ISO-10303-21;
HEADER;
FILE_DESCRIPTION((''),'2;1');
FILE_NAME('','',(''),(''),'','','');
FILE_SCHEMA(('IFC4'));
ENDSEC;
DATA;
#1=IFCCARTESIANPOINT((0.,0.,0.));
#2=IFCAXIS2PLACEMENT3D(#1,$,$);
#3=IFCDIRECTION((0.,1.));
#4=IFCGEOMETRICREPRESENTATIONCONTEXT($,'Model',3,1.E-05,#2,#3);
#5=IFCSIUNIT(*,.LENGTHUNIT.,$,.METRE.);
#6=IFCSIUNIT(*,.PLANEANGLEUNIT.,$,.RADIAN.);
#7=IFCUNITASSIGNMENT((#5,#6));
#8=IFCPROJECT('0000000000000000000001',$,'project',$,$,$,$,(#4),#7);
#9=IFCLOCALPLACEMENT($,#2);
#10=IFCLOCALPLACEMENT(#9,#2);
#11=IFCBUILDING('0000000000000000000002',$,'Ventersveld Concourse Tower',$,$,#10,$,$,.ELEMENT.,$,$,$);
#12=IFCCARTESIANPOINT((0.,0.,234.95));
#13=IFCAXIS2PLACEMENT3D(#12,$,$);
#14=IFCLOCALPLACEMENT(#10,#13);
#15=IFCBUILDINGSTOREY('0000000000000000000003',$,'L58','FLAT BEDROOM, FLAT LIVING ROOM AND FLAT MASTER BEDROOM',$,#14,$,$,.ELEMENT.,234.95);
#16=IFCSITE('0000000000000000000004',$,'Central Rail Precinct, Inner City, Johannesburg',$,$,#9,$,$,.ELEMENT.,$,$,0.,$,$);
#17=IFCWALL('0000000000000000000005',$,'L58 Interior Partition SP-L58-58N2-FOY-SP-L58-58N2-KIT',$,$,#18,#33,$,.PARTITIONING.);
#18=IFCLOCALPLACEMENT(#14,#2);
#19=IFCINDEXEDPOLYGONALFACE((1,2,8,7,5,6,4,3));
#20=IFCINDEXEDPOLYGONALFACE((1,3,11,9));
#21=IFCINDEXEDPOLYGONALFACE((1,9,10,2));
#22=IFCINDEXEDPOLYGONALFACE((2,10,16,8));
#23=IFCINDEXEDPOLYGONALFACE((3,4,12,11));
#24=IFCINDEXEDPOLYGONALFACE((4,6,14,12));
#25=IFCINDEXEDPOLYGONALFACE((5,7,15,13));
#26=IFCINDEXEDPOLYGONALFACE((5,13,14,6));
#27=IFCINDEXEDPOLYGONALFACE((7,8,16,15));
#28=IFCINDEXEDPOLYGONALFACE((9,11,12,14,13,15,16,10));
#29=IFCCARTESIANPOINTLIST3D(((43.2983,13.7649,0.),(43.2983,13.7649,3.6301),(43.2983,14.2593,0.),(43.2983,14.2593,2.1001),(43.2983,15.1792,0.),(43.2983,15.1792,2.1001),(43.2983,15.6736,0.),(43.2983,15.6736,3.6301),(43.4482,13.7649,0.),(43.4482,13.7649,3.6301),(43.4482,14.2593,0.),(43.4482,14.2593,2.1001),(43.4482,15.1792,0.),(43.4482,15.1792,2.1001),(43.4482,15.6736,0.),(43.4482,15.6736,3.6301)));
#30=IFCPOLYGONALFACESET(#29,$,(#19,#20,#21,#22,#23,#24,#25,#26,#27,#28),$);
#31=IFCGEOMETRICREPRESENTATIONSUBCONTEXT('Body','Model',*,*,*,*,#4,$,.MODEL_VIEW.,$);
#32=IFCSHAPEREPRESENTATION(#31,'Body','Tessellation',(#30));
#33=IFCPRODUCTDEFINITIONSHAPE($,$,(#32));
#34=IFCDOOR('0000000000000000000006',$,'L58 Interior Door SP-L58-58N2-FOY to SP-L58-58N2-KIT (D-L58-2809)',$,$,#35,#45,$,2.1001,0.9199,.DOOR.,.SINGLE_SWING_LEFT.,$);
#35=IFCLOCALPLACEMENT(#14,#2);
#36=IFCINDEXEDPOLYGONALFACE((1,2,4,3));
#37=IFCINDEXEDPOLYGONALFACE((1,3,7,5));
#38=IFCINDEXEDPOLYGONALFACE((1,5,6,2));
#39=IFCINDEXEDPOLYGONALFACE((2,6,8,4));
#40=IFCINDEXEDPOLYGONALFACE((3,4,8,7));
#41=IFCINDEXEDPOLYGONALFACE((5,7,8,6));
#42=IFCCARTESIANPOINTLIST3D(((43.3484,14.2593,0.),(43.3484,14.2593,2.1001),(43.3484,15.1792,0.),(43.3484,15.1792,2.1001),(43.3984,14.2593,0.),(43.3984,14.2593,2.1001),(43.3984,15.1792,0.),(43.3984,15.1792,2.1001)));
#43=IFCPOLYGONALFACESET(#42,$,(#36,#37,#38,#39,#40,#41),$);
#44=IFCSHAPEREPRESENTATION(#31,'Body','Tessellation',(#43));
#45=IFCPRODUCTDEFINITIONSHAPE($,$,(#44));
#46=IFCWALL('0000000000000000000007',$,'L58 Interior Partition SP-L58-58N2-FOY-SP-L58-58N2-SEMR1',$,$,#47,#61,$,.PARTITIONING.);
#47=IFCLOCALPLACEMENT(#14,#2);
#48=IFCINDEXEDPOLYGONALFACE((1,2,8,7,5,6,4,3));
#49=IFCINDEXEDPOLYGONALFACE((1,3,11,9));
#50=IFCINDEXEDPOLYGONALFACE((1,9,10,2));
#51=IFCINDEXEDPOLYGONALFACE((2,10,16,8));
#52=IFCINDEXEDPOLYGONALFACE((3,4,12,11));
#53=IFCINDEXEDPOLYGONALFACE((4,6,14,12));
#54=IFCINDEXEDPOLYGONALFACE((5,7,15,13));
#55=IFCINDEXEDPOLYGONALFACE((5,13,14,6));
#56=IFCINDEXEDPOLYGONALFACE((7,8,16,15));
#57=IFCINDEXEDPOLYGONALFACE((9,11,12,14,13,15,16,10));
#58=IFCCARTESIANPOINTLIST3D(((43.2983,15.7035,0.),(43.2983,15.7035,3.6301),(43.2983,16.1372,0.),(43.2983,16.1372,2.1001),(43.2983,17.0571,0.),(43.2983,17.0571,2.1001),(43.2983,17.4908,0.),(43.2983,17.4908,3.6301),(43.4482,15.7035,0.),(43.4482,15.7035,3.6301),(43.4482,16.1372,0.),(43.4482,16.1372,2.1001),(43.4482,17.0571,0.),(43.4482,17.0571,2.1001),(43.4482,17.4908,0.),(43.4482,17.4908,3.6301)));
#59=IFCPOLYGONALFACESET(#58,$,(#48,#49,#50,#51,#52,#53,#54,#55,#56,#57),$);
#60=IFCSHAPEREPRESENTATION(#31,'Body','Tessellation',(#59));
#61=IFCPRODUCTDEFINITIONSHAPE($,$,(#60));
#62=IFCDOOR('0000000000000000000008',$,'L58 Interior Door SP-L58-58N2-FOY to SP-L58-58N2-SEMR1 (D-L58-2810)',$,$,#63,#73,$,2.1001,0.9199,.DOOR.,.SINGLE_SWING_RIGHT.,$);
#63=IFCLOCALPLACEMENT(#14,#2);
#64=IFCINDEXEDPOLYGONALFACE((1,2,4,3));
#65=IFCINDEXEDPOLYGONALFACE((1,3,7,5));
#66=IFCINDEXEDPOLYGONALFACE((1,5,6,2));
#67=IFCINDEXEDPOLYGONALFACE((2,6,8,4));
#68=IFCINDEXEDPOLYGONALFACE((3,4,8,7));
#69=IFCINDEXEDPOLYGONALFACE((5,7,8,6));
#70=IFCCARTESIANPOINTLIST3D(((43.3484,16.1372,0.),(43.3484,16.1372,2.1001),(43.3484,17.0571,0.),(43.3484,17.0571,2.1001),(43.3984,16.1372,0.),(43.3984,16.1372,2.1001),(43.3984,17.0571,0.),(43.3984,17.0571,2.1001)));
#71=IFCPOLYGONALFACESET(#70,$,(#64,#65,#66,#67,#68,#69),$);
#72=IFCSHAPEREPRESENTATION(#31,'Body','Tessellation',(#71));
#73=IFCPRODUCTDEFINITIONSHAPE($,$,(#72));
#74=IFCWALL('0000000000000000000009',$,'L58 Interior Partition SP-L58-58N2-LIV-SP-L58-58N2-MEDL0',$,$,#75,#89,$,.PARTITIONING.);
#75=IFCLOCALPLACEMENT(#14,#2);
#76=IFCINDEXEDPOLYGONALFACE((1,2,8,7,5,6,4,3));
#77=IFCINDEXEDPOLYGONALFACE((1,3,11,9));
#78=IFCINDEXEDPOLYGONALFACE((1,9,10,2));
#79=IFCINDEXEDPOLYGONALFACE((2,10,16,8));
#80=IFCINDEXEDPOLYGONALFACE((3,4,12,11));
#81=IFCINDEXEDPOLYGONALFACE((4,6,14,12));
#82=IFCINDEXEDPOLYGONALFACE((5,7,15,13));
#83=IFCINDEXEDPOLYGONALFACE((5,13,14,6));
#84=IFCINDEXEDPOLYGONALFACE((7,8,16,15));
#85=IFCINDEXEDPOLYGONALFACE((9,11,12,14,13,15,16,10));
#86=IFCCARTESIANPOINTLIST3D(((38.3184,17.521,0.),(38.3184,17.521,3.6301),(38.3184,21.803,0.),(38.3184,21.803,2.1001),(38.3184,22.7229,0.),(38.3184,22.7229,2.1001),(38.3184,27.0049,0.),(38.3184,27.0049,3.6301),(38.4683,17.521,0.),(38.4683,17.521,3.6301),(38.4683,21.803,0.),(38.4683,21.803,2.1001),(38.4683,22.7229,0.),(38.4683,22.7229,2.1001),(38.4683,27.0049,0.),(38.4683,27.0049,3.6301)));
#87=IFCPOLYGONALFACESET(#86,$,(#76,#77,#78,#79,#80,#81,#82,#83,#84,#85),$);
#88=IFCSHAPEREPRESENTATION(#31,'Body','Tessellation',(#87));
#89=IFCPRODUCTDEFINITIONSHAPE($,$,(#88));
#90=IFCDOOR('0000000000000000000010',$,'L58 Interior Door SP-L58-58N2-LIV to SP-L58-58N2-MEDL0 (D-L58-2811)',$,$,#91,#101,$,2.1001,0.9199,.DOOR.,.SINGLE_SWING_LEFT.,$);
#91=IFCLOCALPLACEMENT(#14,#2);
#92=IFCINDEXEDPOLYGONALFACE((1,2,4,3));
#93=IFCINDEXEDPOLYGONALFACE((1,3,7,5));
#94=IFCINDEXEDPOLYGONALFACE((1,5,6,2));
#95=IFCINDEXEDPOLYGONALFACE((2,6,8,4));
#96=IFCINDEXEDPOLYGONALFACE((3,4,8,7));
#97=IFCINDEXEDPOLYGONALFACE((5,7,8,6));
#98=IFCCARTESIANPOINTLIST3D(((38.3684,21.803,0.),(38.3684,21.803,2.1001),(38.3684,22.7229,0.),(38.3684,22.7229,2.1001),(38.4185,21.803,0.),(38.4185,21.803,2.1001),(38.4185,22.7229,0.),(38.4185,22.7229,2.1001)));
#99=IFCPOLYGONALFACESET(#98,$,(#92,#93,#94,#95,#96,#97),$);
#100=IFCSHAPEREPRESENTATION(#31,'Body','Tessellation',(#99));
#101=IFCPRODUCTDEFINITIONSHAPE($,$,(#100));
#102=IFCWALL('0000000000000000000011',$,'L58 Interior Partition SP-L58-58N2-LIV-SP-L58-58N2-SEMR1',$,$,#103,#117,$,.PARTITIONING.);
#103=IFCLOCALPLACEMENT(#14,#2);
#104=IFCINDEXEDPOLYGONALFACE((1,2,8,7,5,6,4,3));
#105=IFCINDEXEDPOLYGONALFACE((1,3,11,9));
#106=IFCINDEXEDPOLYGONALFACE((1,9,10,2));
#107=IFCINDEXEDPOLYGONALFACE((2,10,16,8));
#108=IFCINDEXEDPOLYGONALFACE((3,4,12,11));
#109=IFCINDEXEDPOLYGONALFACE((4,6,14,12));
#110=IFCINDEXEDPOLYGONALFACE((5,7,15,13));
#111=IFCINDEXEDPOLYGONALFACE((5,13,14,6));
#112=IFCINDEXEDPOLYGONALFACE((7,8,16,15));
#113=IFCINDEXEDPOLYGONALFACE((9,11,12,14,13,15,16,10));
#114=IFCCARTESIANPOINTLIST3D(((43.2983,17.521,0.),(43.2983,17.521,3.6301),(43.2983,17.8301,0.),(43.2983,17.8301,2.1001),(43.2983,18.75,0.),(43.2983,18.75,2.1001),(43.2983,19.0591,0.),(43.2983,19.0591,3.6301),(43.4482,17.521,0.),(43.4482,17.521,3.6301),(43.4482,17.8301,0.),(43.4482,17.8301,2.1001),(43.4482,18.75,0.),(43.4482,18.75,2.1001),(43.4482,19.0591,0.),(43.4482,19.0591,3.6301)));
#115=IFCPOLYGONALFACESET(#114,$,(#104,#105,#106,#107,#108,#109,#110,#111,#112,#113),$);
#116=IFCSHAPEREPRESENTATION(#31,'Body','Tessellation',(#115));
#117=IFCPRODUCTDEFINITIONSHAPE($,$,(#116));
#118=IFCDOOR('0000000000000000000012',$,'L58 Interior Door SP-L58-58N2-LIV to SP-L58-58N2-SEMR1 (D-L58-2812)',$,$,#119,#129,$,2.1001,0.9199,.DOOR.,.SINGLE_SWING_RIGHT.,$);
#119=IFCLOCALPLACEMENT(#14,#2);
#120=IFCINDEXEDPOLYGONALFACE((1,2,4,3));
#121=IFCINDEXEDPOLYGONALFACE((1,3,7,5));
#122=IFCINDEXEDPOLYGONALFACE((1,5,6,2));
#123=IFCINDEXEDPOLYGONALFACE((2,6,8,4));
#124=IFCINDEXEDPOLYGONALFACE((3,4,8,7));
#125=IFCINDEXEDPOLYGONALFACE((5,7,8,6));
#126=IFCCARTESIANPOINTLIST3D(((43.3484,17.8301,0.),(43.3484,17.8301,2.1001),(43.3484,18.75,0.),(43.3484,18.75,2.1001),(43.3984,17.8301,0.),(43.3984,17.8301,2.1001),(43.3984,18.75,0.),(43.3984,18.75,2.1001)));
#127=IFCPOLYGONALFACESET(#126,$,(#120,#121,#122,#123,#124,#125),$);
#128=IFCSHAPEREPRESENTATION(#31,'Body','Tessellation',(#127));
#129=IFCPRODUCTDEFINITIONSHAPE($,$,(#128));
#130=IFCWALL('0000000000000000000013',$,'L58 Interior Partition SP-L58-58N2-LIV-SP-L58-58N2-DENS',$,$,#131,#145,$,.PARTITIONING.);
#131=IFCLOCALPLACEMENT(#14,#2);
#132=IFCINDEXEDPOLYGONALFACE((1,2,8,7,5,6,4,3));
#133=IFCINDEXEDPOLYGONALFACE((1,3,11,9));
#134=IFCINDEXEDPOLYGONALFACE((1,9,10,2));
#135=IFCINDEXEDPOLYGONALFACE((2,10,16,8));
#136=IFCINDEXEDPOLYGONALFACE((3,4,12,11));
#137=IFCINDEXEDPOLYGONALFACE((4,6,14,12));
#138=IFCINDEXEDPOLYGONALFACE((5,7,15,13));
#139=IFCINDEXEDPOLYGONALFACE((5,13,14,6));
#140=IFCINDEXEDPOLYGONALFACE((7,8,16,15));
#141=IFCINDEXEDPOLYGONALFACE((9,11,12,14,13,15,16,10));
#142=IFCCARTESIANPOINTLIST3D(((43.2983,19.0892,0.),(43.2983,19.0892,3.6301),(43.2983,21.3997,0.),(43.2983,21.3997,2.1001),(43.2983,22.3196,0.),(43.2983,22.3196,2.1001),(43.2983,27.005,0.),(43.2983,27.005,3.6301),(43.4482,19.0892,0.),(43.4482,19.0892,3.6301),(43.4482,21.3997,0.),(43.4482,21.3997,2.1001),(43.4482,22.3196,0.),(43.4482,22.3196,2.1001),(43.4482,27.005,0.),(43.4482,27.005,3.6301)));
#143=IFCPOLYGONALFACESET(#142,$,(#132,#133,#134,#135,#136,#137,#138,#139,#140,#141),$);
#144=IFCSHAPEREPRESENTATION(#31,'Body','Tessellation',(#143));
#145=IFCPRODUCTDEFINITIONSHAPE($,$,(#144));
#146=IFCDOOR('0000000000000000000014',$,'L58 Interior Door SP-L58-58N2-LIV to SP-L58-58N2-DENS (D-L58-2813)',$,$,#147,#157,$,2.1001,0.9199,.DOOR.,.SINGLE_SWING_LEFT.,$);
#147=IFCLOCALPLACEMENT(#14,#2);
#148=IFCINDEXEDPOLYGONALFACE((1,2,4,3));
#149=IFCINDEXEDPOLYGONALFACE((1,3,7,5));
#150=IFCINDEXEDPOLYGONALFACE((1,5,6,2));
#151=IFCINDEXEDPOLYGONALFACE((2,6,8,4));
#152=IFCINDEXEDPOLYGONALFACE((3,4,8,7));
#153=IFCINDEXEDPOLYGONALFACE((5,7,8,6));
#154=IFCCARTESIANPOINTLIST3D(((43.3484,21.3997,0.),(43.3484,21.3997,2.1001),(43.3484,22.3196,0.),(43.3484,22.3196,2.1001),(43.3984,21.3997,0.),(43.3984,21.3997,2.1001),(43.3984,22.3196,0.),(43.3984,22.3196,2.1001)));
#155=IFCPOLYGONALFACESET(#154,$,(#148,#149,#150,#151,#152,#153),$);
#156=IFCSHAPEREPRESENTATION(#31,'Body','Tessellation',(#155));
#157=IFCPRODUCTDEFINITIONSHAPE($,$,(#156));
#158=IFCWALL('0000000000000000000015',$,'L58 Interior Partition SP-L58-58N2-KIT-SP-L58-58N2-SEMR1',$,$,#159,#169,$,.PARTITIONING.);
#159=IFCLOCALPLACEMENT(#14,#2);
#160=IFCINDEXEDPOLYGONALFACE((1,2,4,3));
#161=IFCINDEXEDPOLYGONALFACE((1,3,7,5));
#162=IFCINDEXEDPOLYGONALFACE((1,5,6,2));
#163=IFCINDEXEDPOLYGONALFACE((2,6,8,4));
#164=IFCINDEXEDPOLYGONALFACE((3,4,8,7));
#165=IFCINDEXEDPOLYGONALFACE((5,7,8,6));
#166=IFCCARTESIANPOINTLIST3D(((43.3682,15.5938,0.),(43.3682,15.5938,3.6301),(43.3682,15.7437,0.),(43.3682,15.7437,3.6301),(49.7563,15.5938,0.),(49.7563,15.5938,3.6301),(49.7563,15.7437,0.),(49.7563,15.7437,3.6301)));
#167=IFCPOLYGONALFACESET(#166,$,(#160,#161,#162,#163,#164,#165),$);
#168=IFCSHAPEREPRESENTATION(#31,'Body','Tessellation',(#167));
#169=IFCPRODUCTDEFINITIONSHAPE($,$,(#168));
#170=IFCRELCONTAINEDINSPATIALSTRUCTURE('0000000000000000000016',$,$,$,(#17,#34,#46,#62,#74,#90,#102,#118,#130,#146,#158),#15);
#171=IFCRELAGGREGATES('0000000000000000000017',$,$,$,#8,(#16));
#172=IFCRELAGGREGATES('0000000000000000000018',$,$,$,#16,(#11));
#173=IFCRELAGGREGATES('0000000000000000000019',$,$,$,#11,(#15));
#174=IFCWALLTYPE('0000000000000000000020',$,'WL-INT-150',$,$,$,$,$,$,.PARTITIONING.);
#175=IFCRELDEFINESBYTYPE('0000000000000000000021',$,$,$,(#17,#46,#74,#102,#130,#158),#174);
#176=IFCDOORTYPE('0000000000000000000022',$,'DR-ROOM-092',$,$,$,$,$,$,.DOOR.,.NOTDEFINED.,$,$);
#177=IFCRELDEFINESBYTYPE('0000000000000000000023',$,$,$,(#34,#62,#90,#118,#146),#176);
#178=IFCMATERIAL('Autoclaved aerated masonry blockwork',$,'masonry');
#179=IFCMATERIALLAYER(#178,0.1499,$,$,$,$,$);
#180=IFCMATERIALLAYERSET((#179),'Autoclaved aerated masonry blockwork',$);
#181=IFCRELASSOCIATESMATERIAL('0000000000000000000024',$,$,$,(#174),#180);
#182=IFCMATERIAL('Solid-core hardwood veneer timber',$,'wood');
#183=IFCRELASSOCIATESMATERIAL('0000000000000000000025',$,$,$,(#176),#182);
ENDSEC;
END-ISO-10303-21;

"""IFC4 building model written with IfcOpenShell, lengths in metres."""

from ifc_helpers import new_model, si_unit, direction, frame, frame_2d, origin, place, context, subcontext, project, spatial, rectangle, extrude, material, layer, layer_set, type_object, element, fill, save


model = new_model("IFC4")

# Units and contexts
model_context = context("Model", 3, precision=1e-05, world=origin(), true_north=direction((0.0, 1.0)))
body_context = subcontext(model_context, "Body", "Model", "MODEL_VIEW")
ifc_project = project(units=[si_unit("LENGTHUNIT", "METRE"), si_unit("PLANEANGLEUNIT", "RADIAN")], contexts=[model_context])

# Site, building, storey
site_placement = place(None, origin())
site = spatial("IfcSite", under=ifc_project, at=site_placement, Name="Central Rail Precinct, Inner City, Johannesburg", CompositionType="ELEMENT", RefElevation=0.0)
building_placement = place(site_placement, origin())
building = spatial("IfcBuilding", under=site, at=building_placement, Name="Ventersveld Concourse Tower", CompositionType="ELEMENT")
storey_placement = place(building_placement, frame((0.0, 0.0, 234.95)))
storey = spatial("IfcBuildingStorey", under=building, at=storey_placement, Name="L58", Description="FLAT BEDROOM, FLAT LIVING ROOM AND FLAT MASTER BEDROOM", CompositionType="ELEMENT", Elevation=234.95)

# Shared definitions
ifc_material_1 = material(Name="Solid-core hardwood veneer timber", Category="wood")

# Walls, openings, doors
ifc_material_2 = material(Name="Autoclaved aerated masonry blockwork", Category="masonry")
ifc_layer_1 = layer(ifc_material_2, 0.1499)
ifc_layer_set_1 = layer_set([ifc_layer_1], Name="Autoclaved aerated masonry blockwork")
wall_type_1 = type_object("IfcWallType", Name="WL-INT-150", PredefinedType="PARTITIONING", material=ifc_layer_set_1)
door_type_1 = type_object("IfcDoorType", Name="DR-ROOM-092", OperationType="NOTDEFINED", PredefinedType="DOOR", material=ifc_material_1)
wall_1_placement = place(storey_placement, frame((43.3733, 13.7649, 0.0), z_axis=(0.0, 0.0, 1.0), x_axis=(0.0, 1.0, 0.0)))
wall_1 = element("IfcWall", 1, at=wall_1_placement, inside=storey, type_object=wall_type_1, Name="L58 Interior Partition SP-L58-58N2-FOY-SP-L58-58N2-KIT", PredefinedType="PARTITIONING", context=body_context, shape_type="SweptSolid", body=[
    extrude(rectangle(XDim=1.9087, YDim=0.1499, at=frame_2d((0.9543, 0.0))), origin(), (0.0, 0.0, 1.0), 3.6301),
])
opening_1_placement = place(wall_1_placement, frame((0.4944, 0.0, 0.0)))
opening_1 = element("IfcOpeningElement", 2, at=opening_1_placement, cuts=wall_1, PredefinedType="OPENING", context=body_context, shape_type="SweptSolid", body=[
    extrude(rectangle(XDim=0.9199, YDim=2.1001, at=frame_2d((0.46, 1.05))), frame((0.0, 0.085, 0.0), z_axis=(0.0, -1.0, 0.0), x_axis=(1.0, 0.0, 0.0)), (0.0, 0.0, 1.0), 0.1699),
])
door_1_placement = place(opening_1_placement, origin())
door_1 = element("IfcDoor", 3, at=door_1_placement, inside=storey, type_object=door_type_1, Name="L58 Interior Door SP-L58-58N2-FOY to SP-L58-58N2-KIT (D-L58-2809)", OperationType="SINGLE_SWING_LEFT", OverallHeight=2.1001, OverallWidth=0.9199, PredefinedType="DOOR", context=body_context, shape_type="SweptSolid", body=[
    extrude(rectangle(XDim=0.9199, YDim=2.1001, at=frame_2d((0.46, 1.05))), frame((0.0, 0.0249, 0.0), z_axis=(0.0, -1.0, 0.0), x_axis=(1.0, 0.0, 0.0)), (0.0, 0.0, 1.0), 0.05),
])
fill(opening_1, door_1)
wall_2_placement = place(storey_placement, frame((43.3733, 15.7036, 0.0), z_axis=(0.0, 0.0, 1.0), x_axis=(0.0, 1.0, 0.0)))
wall_2 = element("IfcWall", 4, at=wall_2_placement, inside=storey, type_object=wall_type_1, Name="L58 Interior Partition SP-L58-58N2-FOY-SP-L58-58N2-SEMR1", PredefinedType="PARTITIONING", context=body_context, shape_type="SweptSolid", body=[
    extrude(rectangle(XDim=1.7874, YDim=0.1499, at=frame_2d((0.8936, 0.0))), origin(), (0.0, 0.0, 1.0), 3.6301),
])
opening_2_placement = place(wall_2_placement, frame((0.4336, 0.0, 0.0)))
opening_2 = element("IfcOpeningElement", 5, at=opening_2_placement, cuts=wall_2, PredefinedType="OPENING", context=body_context, shape_type="SweptSolid", body=[
    extrude(rectangle(XDim=0.9199, YDim=2.1001, at=frame_2d((0.46, 1.05))), frame((0.0, 0.085, 0.0), z_axis=(0.0, -1.0, 0.0), x_axis=(1.0, 0.0, 0.0)), (0.0, 0.0, 1.0), 0.1699),
])
door_2_placement = place(opening_2_placement, origin())
door_2 = element("IfcDoor", 6, at=door_2_placement, inside=storey, type_object=door_type_1, Name="L58 Interior Door SP-L58-58N2-FOY to SP-L58-58N2-SEMR1 (D-L58-2810)", OperationType="SINGLE_SWING_RIGHT", OverallHeight=2.1001, OverallWidth=0.9199, PredefinedType="DOOR", context=body_context, shape_type="SweptSolid", body=[
    extrude(rectangle(XDim=0.9199, YDim=2.1001, at=frame_2d((0.46, 1.05))), frame((0.0, 0.0249, 0.0), z_axis=(0.0, -1.0, 0.0), x_axis=(1.0, 0.0, 0.0)), (0.0, 0.0, 1.0), 0.05),
])
fill(opening_2, door_2)
wall_3_placement = place(storey_placement, frame((38.3933, 17.521, 0.0), z_axis=(0.0, 0.0, 1.0), x_axis=(0.0, 1.0, 0.0)))
wall_3 = element("IfcWall", 7, at=wall_3_placement, inside=storey, type_object=wall_type_1, Name="L58 Interior Partition SP-L58-58N2-LIV-SP-L58-58N2-MEDL0", PredefinedType="PARTITIONING", context=body_context, shape_type="SweptSolid", body=[
    extrude(rectangle(XDim=9.4839, YDim=0.1499, at=frame_2d((4.7419, 0.0))), origin(), (0.0, 0.0, 1.0), 3.6301),
])
opening_3_placement = place(wall_3_placement, frame((4.282, 0.0, 0.0)))
opening_3 = element("IfcOpeningElement", 8, at=opening_3_placement, cuts=wall_3, PredefinedType="OPENING", context=body_context, shape_type="SweptSolid", body=[
    extrude(rectangle(XDim=0.9199, YDim=2.1001, at=frame_2d((0.46, 1.05))), frame((0.0, 0.085, 0.0), z_axis=(0.0, -1.0, 0.0), x_axis=(1.0, 0.0, 0.0)), (0.0, 0.0, 1.0), 0.1699),
])
door_3_placement = place(opening_3_placement, origin())
door_3 = element("IfcDoor", 9, at=door_3_placement, inside=storey, type_object=door_type_1, Name="L58 Interior Door SP-L58-58N2-LIV to SP-L58-58N2-MEDL0 (D-L58-2811)", OperationType="SINGLE_SWING_LEFT", OverallHeight=2.1001, OverallWidth=0.9199, PredefinedType="DOOR", context=body_context, shape_type="SweptSolid", body=[
    extrude(rectangle(XDim=0.9199, YDim=2.1001, at=frame_2d((0.46, 1.05))), frame((0.0, 0.0249, 0.0), z_axis=(0.0, -1.0, 0.0), x_axis=(1.0, 0.0, 0.0)), (0.0, 0.0, 1.0), 0.05),
])
fill(opening_3, door_3)
wall_4_placement = place(storey_placement, frame((43.3733, 17.521, 0.0), z_axis=(0.0, 0.0, 1.0), x_axis=(0.0, 1.0, 0.0)))
wall_4 = element("IfcWall", 10, at=wall_4_placement, inside=storey, type_object=wall_type_1, Name="L58 Interior Partition SP-L58-58N2-LIV-SP-L58-58N2-SEMR1", PredefinedType="PARTITIONING", context=body_context, shape_type="SweptSolid", body=[
    extrude(rectangle(XDim=1.5381, YDim=0.1499, at=frame_2d((0.769, 0.0))), origin(), (0.0, 0.0, 1.0), 3.6301),
])
opening_4_placement = place(wall_4_placement, frame((0.3091, 0.0, 0.0)))
opening_4 = element("IfcOpeningElement", 11, at=opening_4_placement, cuts=wall_4, PredefinedType="OPENING", context=body_context, shape_type="SweptSolid", body=[
    extrude(rectangle(XDim=0.9199, YDim=2.1001, at=frame_2d((0.46, 1.05))), frame((0.0, 0.085, 0.0), z_axis=(0.0, -1.0, 0.0), x_axis=(1.0, 0.0, 0.0)), (0.0, 0.0, 1.0), 0.1699),
])
door_4_placement = place(opening_4_placement, origin())
door_4 = element("IfcDoor", 12, at=door_4_placement, inside=storey, type_object=door_type_1, Name="L58 Interior Door SP-L58-58N2-LIV to SP-L58-58N2-SEMR1 (D-L58-2812)", OperationType="SINGLE_SWING_RIGHT", OverallHeight=2.1001, OverallWidth=0.9199, PredefinedType="DOOR", context=body_context, shape_type="SweptSolid", body=[
    extrude(rectangle(XDim=0.9199, YDim=2.1001, at=frame_2d((0.46, 1.05))), frame((0.0, 0.0249, 0.0), z_axis=(0.0, -1.0, 0.0), x_axis=(1.0, 0.0, 0.0)), (0.0, 0.0, 1.0), 0.05),
])
fill(opening_4, door_4)
wall_5_placement = place(storey_placement, frame((43.3733, 19.0891, 0.0), z_axis=(0.0, 0.0, 1.0), x_axis=(0.0, 1.0, 0.0)))
wall_5 = element("IfcWall", 13, at=wall_5_placement, inside=storey, type_object=wall_type_1, Name="L58 Interior Partition SP-L58-58N2-LIV-SP-L58-58N2-DENS", PredefinedType="PARTITIONING", context=body_context, shape_type="SweptSolid", body=[
    extrude(rectangle(XDim=7.9158, YDim=0.1499, at=frame_2d((3.958, 0.0))), origin(), (0.0, 0.0, 1.0), 3.6301),
])
opening_5_placement = place(wall_5_placement, frame((2.3105, 0.0, 0.0)))
opening_5 = element("IfcOpeningElement", 14, at=opening_5_placement, cuts=wall_5, PredefinedType="OPENING", context=body_context, shape_type="SweptSolid", body=[
    extrude(rectangle(XDim=0.9199, YDim=2.1001, at=frame_2d((0.46, 1.05))), frame((0.0, 0.085, 0.0), z_axis=(0.0, -1.0, 0.0), x_axis=(1.0, 0.0, 0.0)), (0.0, 0.0, 1.0), 0.1699),
])
door_5_placement = place(opening_5_placement, origin())
door_5 = element("IfcDoor", 15, at=door_5_placement, inside=storey, type_object=door_type_1, Name="L58 Interior Door SP-L58-58N2-LIV to SP-L58-58N2-DENS (D-L58-2813)", OperationType="SINGLE_SWING_LEFT", OverallHeight=2.1001, OverallWidth=0.9199, PredefinedType="DOOR", context=body_context, shape_type="SweptSolid", body=[
    extrude(rectangle(XDim=0.9199, YDim=2.1001, at=frame_2d((0.46, 1.05))), frame((0.0, 0.0249, 0.0), z_axis=(0.0, -1.0, 0.0), x_axis=(1.0, 0.0, 0.0)), (0.0, 0.0, 1.0), 0.05),
])
fill(opening_5, door_5)

# Wall
for number, where, z_axis, x_axis, name in (
    (16, (43.3682, 15.6687, 0.0), (0.0, 0.0, 1.0), (1.0, 0.0, 0.0), "L58 Interior Partition SP-L58-58N2-KIT-SP-L58-58N2-SEMR1"),
):
    element("IfcWall", number, at=place(storey_placement, frame(where, z_axis=z_axis, x_axis=x_axis)), inside=storey, type_object=wall_type_1, Name=name, PredefinedType="PARTITIONING", context=body_context, shape_type="SweptSolid", body=[
        extrude(rectangle(XDim=6.3882, YDim=0.1499, at=frame_2d((3.1941, 0.0))), origin(), (0.0, 0.0, 1.0), 3.6301),
    ])

save(model, "model.ifc")
